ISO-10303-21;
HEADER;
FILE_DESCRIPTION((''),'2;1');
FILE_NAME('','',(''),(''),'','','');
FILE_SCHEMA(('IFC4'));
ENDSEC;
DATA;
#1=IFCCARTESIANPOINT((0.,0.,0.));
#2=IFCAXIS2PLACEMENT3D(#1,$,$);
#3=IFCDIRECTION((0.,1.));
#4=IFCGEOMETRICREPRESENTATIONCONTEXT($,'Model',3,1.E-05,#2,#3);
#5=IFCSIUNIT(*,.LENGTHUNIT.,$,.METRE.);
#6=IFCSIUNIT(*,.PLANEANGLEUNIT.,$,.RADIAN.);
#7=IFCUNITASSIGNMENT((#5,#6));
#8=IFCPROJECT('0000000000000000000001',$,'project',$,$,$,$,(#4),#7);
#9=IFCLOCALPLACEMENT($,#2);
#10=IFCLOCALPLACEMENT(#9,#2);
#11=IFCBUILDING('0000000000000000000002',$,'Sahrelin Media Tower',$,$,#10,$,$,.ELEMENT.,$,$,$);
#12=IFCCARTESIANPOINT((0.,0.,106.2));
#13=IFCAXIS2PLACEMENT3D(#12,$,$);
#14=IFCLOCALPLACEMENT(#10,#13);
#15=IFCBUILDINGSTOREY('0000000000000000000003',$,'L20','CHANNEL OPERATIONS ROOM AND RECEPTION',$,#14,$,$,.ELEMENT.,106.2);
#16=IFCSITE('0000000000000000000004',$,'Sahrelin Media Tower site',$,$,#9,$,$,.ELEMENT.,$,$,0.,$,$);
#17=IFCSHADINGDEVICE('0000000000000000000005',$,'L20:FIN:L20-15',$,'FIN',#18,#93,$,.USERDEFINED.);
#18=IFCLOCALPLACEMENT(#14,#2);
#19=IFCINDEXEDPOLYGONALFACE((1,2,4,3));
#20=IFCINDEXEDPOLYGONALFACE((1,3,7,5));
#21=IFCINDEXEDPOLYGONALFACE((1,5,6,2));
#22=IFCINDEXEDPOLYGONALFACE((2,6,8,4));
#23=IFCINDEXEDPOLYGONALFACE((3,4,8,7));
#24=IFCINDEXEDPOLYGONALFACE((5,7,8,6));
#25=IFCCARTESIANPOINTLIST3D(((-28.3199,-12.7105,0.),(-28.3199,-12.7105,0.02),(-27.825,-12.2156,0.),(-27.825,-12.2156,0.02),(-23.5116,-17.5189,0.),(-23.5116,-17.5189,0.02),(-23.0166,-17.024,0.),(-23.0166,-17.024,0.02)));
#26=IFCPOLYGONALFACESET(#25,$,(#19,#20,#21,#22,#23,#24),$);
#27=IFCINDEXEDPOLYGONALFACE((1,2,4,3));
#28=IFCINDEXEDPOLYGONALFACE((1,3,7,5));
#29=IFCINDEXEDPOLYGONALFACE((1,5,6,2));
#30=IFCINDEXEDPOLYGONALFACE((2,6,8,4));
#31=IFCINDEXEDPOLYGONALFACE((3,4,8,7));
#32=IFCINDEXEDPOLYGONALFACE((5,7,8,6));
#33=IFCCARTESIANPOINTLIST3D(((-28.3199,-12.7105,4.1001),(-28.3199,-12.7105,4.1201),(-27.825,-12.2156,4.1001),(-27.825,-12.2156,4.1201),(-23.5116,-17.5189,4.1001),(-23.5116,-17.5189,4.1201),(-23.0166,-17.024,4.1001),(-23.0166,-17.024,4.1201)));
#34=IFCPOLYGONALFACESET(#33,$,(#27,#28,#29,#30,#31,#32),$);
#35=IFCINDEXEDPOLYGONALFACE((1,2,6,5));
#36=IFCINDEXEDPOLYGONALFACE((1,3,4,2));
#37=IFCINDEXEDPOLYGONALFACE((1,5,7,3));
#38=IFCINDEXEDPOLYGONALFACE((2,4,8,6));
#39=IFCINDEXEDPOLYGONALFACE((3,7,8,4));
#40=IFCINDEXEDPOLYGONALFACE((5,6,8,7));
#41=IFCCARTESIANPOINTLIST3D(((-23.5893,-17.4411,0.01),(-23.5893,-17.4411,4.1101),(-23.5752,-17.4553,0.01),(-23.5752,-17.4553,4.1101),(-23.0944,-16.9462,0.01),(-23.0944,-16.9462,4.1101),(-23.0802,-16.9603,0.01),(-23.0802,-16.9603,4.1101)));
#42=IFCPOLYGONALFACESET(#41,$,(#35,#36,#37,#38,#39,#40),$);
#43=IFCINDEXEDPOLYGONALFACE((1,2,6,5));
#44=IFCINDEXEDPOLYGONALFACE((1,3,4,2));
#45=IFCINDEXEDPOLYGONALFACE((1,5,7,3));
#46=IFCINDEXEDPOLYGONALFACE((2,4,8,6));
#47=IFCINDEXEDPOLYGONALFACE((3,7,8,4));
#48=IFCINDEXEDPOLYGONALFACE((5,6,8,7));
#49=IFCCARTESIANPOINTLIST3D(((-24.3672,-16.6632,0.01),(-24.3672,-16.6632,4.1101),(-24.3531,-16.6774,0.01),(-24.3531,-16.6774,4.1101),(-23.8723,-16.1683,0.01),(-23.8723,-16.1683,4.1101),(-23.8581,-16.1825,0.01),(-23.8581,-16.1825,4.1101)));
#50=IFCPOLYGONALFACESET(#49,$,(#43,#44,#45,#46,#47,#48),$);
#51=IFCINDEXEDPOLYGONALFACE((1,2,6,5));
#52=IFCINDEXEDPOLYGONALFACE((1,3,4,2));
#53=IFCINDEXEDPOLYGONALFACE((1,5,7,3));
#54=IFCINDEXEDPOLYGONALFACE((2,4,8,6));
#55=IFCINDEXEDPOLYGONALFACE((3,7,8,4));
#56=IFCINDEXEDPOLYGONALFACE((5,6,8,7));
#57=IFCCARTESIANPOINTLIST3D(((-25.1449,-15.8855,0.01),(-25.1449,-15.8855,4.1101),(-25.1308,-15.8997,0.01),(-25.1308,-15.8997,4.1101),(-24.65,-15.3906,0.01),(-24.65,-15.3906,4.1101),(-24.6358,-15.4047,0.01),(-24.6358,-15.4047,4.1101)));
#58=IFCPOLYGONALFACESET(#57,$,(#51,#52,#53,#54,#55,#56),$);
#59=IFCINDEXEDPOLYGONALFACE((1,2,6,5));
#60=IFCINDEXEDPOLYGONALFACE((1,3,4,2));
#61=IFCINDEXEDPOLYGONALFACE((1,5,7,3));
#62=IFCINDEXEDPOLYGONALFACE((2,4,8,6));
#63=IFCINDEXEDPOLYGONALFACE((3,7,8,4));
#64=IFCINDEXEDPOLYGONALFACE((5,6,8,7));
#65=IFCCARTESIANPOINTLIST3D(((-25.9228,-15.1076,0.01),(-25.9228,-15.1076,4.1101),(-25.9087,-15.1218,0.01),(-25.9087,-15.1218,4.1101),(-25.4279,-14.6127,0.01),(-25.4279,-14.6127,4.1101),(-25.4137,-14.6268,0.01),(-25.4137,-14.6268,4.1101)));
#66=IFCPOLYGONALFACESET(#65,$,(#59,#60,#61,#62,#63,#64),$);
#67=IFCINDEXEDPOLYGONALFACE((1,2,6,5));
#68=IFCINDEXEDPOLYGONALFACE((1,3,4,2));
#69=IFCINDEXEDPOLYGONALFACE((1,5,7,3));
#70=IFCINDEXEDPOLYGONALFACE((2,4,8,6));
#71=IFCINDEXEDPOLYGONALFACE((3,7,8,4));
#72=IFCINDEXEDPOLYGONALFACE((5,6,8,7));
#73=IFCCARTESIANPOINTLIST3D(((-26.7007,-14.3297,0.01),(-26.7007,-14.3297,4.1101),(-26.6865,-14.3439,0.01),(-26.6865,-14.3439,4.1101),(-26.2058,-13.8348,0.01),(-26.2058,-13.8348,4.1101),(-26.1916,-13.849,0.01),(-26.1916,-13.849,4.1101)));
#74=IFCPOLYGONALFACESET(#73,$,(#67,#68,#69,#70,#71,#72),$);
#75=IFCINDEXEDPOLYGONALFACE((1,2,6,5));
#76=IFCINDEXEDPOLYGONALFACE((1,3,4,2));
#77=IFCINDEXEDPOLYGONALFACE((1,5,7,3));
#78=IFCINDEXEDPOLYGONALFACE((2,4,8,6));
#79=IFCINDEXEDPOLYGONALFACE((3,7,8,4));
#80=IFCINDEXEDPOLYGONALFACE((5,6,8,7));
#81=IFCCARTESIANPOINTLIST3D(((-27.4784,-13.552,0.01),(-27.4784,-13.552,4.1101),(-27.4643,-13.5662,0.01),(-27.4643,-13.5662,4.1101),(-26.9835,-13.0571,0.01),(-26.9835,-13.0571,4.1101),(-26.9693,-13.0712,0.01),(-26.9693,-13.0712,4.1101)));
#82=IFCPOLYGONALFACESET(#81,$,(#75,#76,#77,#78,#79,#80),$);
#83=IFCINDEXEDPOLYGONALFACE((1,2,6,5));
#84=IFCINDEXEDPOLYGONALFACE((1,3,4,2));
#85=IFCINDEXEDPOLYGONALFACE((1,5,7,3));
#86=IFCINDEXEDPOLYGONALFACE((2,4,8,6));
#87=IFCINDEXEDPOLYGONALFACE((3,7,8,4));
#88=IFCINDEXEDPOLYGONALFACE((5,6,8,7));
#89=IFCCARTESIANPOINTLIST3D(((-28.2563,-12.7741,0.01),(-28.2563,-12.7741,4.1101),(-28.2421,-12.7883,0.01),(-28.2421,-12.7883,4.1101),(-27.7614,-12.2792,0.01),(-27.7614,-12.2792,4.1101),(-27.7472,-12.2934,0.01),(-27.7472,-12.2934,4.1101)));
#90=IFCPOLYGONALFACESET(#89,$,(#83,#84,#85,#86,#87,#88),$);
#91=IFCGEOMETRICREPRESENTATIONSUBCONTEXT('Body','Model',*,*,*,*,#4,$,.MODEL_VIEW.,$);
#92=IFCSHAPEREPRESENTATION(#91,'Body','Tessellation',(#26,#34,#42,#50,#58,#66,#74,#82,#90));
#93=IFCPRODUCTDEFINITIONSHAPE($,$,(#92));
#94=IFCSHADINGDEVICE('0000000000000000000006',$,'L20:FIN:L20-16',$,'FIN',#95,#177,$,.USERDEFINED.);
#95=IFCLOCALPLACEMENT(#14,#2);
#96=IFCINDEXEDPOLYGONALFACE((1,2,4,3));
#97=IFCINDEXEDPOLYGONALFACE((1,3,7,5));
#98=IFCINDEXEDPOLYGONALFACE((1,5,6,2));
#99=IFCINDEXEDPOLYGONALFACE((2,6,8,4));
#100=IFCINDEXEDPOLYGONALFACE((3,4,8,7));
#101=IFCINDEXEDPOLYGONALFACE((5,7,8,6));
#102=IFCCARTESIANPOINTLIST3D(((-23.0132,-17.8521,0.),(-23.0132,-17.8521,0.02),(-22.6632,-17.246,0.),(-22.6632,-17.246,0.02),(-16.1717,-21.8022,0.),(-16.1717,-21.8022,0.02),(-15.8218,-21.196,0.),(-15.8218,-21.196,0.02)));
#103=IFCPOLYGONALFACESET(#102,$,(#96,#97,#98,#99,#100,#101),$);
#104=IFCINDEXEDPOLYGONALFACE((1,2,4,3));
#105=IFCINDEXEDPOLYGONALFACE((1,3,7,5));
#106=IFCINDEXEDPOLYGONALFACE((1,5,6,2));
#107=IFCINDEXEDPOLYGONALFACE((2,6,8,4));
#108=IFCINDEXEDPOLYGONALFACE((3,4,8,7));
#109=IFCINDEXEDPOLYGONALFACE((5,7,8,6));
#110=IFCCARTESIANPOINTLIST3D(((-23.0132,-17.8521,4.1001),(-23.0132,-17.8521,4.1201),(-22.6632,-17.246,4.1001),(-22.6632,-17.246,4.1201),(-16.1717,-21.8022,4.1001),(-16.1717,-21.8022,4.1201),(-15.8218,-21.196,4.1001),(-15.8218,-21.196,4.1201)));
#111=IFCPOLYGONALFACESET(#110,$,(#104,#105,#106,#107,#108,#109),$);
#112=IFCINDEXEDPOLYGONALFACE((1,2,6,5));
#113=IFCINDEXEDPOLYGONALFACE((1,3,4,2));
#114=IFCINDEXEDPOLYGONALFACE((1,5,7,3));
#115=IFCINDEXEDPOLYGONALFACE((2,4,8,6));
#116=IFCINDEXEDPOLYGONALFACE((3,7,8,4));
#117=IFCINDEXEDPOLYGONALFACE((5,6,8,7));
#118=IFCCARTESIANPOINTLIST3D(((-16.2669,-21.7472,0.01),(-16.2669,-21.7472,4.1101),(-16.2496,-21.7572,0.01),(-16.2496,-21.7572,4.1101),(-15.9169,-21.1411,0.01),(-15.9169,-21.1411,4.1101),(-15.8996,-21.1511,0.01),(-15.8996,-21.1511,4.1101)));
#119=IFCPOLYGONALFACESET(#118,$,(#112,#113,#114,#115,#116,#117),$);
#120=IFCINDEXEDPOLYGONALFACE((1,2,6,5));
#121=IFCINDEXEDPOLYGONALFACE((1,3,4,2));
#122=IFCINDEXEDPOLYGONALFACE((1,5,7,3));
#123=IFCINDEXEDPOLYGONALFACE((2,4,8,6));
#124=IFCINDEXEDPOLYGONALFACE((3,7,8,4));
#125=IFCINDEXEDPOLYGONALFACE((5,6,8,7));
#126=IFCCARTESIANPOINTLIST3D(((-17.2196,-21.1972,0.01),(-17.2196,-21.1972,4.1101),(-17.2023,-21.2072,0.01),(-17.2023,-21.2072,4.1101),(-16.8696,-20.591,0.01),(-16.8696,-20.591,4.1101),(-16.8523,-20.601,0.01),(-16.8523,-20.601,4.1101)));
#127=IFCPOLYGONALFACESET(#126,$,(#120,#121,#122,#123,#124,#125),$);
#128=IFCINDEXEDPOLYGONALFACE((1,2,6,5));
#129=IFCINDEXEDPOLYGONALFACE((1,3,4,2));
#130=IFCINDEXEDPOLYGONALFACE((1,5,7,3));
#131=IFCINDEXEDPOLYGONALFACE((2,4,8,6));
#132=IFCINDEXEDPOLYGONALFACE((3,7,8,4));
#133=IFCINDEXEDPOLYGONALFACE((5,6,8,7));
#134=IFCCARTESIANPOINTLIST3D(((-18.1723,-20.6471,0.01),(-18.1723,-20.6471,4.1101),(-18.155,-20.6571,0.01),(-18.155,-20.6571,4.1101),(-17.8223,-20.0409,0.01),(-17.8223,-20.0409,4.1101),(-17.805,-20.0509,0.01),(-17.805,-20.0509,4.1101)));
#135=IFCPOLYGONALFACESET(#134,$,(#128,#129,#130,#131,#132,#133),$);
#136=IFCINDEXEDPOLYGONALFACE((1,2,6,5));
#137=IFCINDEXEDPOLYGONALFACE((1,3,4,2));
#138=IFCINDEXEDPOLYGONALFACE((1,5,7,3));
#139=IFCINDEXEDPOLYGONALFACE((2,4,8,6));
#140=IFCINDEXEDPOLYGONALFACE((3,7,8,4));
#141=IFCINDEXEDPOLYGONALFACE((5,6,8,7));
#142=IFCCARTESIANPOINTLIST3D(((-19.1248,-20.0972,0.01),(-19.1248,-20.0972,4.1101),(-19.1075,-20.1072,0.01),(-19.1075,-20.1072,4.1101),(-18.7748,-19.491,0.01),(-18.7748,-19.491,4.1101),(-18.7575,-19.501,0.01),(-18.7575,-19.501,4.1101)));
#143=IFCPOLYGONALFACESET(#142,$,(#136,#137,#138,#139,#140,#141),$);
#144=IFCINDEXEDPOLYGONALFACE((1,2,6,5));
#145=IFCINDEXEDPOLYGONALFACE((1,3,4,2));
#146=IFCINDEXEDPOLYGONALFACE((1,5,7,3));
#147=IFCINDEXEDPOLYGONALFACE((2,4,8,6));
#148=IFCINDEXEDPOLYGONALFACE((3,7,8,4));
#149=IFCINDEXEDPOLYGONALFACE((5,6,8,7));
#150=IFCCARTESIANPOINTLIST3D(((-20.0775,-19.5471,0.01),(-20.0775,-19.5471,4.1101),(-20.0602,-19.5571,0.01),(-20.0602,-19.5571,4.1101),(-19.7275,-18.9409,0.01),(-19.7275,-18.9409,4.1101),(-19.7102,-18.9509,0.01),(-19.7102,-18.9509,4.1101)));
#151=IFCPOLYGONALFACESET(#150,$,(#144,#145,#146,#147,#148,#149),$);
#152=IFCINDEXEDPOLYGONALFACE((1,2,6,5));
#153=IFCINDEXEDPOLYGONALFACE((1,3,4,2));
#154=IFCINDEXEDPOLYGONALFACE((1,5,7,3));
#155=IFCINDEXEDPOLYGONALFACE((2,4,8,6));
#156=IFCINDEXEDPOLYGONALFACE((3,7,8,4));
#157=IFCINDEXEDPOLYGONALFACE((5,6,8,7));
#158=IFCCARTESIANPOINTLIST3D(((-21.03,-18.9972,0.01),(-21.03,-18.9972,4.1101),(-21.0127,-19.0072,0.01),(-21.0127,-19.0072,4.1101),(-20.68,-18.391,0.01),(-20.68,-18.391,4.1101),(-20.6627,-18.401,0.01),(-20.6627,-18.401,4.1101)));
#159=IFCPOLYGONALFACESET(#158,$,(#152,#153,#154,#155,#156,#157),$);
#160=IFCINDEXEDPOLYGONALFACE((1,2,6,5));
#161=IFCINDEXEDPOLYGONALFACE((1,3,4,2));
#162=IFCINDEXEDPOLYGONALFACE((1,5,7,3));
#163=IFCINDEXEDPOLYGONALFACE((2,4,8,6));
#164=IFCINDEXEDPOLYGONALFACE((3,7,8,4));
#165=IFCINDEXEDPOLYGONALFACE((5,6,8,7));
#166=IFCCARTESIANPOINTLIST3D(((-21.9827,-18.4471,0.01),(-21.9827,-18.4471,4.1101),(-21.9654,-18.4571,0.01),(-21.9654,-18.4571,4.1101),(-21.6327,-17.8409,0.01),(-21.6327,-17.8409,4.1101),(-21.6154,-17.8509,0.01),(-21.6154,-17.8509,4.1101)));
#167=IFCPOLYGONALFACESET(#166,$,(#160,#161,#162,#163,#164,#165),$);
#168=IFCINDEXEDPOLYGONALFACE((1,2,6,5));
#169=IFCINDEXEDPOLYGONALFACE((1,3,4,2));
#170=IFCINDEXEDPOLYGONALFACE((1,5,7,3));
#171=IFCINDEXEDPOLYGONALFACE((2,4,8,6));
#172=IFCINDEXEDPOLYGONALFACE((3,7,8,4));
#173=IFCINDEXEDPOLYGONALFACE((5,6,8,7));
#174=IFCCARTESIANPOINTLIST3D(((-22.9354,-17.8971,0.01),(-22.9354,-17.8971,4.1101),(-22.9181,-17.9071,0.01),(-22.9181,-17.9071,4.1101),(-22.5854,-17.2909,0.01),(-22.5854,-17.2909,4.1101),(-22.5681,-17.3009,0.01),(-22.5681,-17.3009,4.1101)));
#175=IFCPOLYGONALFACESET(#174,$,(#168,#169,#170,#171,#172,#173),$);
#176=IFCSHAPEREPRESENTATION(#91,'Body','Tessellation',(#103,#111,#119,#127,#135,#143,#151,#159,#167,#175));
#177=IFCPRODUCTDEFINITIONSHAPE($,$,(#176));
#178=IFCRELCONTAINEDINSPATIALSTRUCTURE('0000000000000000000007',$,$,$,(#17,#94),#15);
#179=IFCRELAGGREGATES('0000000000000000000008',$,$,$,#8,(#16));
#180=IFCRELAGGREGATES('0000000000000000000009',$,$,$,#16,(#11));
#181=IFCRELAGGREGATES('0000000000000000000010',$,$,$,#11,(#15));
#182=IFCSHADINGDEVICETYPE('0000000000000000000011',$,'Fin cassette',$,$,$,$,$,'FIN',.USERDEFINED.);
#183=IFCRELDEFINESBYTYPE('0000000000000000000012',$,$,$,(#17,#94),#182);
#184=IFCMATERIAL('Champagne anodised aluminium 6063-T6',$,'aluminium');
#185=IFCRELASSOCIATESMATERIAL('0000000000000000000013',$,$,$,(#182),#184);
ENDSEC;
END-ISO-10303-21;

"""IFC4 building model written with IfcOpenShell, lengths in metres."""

from ifc_helpers import new_model, si_unit, direction, frame, origin, origin_2d, place, context, subcontext, project, spatial, rectangle, extrude, material, type_object, element, save


model = new_model("IFC4")

# Units and contexts
model_context = context("Model", 3, precision=1e-05, world=origin(), true_north=direction((0.0, 1.0)))
body_context = subcontext(model_context, "Body", "Model", "MODEL_VIEW")
ifc_project = project(units=[si_unit("LENGTHUNIT", "METRE"), si_unit("PLANEANGLEUNIT", "RADIAN")], contexts=[model_context])

# Site, building, storey
site_placement = place(None, origin())
site = spatial("IfcSite", under=ifc_project, at=site_placement, Name="Sahrelin Media Tower site", CompositionType="ELEMENT", RefElevation=0.0)
building_placement = place(site_placement, origin())
building = spatial("IfcBuilding", under=site, at=building_placement, Name="Sahrelin Media Tower", CompositionType="ELEMENT")
storey_placement = place(building_placement, frame((0.0, 0.0, 106.2)))
storey = spatial("IfcBuildingStorey", under=building, at=storey_placement, Name="L20", Description="CHANNEL OPERATIONS ROOM AND RECEPTION", CompositionType="ELEMENT", Elevation=106.2)

# Shared definitions
ifc_material_1 = material(Name="Champagne anodised aluminium 6063-T6", Category="aluminium")

# Shading devices
shading_device_type_1 = type_object("IfcShadingDeviceType", Name="Fin cassette", ElementType="FIN", PredefinedType="USERDEFINED", material=ifc_material_1)
placement_1 = place(storey_placement, frame((-25.3713, -14.5703, 0.0), z_axis=(0.0, 0.0, 1.0), x_axis=(-0.707107, 0.707107, 0.0)))
element("IfcShadingDevice", 1, at=placement_1, inside=storey, type_object=shading_device_type_1, Name="L20:FIN:L20-15", ObjectType="FIN", PredefinedType="USERDEFINED", context=body_context, shape_type="SweptSolid", body=[
    extrude(rectangle(XDim=6.8, YDim=0.7, at=origin_2d()), frame((0.0, 0.4199, 0.0)), (0.0, 0.0, 1.0), 0.02),
    extrude(rectangle(XDim=6.8, YDim=0.7, at=origin_2d()), frame((0.0, 0.4199, 4.1001)), (0.0, 0.0, 1.0), 0.02),
    extrude(rectangle(XDim=0.02, YDim=0.7, at=origin_2d()), frame((-3.3, 0.4199, 0.01), z_axis=(0.0, 0.0, 1.0), x_axis=(1.0, 0.0, 0.0)), (0.0, 0.0, 1.0), 4.1001),
    extrude(rectangle(XDim=0.02, YDim=0.7, at=origin_2d()), frame((-2.2, 0.4199, 0.01), z_axis=(0.0, 0.0, 1.0), x_axis=(1.0, 0.0, 0.0)), (0.0, 0.0, 1.0), 4.1001),
    extrude(rectangle(XDim=0.02, YDim=0.7, at=origin_2d()), frame((-1.1001, 0.4199, 0.01), z_axis=(0.0, 0.0, 1.0), x_axis=(1.0, 0.0, 0.0)), (0.0, 0.0, 1.0), 4.1001),
    extrude(rectangle(XDim=0.02, YDim=0.7, at=origin_2d()), frame((0.0, 0.4199, 0.01), z_axis=(0.0, 0.0, 1.0), x_axis=(1.0, 0.0, 0.0)), (0.0, 0.0, 1.0), 4.1001),
    extrude(rectangle(XDim=0.02, YDim=0.7, at=origin_2d()), frame((1.1001, 0.4199, 0.01), z_axis=(0.0, 0.0, 1.0), x_axis=(1.0, 0.0, 0.0)), (0.0, 0.0, 1.0), 4.1001),
    extrude(rectangle(XDim=0.02, YDim=0.7, at=origin_2d()), frame((2.2, 0.4199, 0.01), z_axis=(0.0, 0.0, 1.0), x_axis=(1.0, 0.0, 0.0)), (0.0, 0.0, 1.0), 4.1001),
    extrude(rectangle(XDim=0.02, YDim=0.7, at=origin_2d()), frame((3.3, 0.4199, 0.01), z_axis=(0.0, 0.0, 1.0), x_axis=(1.0, 0.0, 0.0)), (0.0, 0.0, 1.0), 4.1001),
])
placement_2 = place(storey_placement, frame((-19.2075, -19.1604, 0.0), z_axis=(0.0, 0.0, 1.0), x_axis=(-0.866019, 0.500011, 0.0)))
element("IfcShadingDevice", 2, at=placement_2, inside=storey, type_object=shading_device_type_1, Name="L20:FIN:L20-16", ObjectType="FIN", PredefinedType="USERDEFINED", context=body_context, shape_type="SweptSolid", body=[
    extrude(rectangle(XDim=7.8999, YDim=0.7, at=origin_2d()), frame((0.0, 0.4199, 0.0)), (0.0, 0.0, 1.0), 0.02),
    extrude(rectangle(XDim=7.8999, YDim=0.7, at=origin_2d()), frame((0.0, 0.4199, 4.1001)), (0.0, 0.0, 1.0), 0.02),
    extrude(rectangle(XDim=0.02, YDim=0.7, at=origin_2d()), frame((-3.8501, 0.4199, 0.01), z_axis=(0.0, 0.0, 1.0), x_axis=(1.0, 0.0, 0.0)), (0.0, 0.0, 1.0), 4.1001),
    extrude(rectangle(XDim=0.02, YDim=0.7, at=origin_2d()), frame((-2.75, 0.4199, 0.01), z_axis=(0.0, 0.0, 1.0), x_axis=(1.0, 0.0, 0.0)), (0.0, 0.0, 1.0), 4.1001),
    extrude(rectangle(XDim=0.02, YDim=0.7, at=origin_2d()), frame((-1.6499, 0.4199, 0.01), z_axis=(0.0, 0.0, 1.0), x_axis=(1.0, 0.0, 0.0)), (0.0, 0.0, 1.0), 4.1001),
    extrude(rectangle(XDim=0.02, YDim=0.7, at=origin_2d()), frame((-0.55, 0.4199, 0.01), z_axis=(0.0, 0.0, 1.0), x_axis=(1.0, 0.0, 0.0)), (0.0, 0.0, 1.0), 4.1001),
    extrude(rectangle(XDim=0.02, YDim=0.7, at=origin_2d()), frame((0.55, 0.4199, 0.01), z_axis=(0.0, 0.0, 1.0), x_axis=(1.0, 0.0, 0.0)), (0.0, 0.0, 1.0), 4.1001),
    extrude(rectangle(XDim=0.02, YDim=0.7, at=origin_2d()), frame((1.6499, 0.4199, 0.01), z_axis=(0.0, 0.0, 1.0), x_axis=(1.0, 0.0, 0.0)), (0.0, 0.0, 1.0), 4.1001),
    extrude(rectangle(XDim=0.02, YDim=0.7, at=origin_2d()), frame((2.75, 0.4199, 0.01), z_axis=(0.0, 0.0, 1.0), x_axis=(1.0, 0.0, 0.0)), (0.0, 0.0, 1.0), 4.1001),
    extrude(rectangle(XDim=0.02, YDim=0.7, at=origin_2d()), frame((3.8501, 0.4199, 0.01), z_axis=(0.0, 0.0, 1.0), x_axis=(1.0, 0.0, 0.0)), (0.0, 0.0, 1.0), 4.1001),
])

save(model, "model.ifc")
